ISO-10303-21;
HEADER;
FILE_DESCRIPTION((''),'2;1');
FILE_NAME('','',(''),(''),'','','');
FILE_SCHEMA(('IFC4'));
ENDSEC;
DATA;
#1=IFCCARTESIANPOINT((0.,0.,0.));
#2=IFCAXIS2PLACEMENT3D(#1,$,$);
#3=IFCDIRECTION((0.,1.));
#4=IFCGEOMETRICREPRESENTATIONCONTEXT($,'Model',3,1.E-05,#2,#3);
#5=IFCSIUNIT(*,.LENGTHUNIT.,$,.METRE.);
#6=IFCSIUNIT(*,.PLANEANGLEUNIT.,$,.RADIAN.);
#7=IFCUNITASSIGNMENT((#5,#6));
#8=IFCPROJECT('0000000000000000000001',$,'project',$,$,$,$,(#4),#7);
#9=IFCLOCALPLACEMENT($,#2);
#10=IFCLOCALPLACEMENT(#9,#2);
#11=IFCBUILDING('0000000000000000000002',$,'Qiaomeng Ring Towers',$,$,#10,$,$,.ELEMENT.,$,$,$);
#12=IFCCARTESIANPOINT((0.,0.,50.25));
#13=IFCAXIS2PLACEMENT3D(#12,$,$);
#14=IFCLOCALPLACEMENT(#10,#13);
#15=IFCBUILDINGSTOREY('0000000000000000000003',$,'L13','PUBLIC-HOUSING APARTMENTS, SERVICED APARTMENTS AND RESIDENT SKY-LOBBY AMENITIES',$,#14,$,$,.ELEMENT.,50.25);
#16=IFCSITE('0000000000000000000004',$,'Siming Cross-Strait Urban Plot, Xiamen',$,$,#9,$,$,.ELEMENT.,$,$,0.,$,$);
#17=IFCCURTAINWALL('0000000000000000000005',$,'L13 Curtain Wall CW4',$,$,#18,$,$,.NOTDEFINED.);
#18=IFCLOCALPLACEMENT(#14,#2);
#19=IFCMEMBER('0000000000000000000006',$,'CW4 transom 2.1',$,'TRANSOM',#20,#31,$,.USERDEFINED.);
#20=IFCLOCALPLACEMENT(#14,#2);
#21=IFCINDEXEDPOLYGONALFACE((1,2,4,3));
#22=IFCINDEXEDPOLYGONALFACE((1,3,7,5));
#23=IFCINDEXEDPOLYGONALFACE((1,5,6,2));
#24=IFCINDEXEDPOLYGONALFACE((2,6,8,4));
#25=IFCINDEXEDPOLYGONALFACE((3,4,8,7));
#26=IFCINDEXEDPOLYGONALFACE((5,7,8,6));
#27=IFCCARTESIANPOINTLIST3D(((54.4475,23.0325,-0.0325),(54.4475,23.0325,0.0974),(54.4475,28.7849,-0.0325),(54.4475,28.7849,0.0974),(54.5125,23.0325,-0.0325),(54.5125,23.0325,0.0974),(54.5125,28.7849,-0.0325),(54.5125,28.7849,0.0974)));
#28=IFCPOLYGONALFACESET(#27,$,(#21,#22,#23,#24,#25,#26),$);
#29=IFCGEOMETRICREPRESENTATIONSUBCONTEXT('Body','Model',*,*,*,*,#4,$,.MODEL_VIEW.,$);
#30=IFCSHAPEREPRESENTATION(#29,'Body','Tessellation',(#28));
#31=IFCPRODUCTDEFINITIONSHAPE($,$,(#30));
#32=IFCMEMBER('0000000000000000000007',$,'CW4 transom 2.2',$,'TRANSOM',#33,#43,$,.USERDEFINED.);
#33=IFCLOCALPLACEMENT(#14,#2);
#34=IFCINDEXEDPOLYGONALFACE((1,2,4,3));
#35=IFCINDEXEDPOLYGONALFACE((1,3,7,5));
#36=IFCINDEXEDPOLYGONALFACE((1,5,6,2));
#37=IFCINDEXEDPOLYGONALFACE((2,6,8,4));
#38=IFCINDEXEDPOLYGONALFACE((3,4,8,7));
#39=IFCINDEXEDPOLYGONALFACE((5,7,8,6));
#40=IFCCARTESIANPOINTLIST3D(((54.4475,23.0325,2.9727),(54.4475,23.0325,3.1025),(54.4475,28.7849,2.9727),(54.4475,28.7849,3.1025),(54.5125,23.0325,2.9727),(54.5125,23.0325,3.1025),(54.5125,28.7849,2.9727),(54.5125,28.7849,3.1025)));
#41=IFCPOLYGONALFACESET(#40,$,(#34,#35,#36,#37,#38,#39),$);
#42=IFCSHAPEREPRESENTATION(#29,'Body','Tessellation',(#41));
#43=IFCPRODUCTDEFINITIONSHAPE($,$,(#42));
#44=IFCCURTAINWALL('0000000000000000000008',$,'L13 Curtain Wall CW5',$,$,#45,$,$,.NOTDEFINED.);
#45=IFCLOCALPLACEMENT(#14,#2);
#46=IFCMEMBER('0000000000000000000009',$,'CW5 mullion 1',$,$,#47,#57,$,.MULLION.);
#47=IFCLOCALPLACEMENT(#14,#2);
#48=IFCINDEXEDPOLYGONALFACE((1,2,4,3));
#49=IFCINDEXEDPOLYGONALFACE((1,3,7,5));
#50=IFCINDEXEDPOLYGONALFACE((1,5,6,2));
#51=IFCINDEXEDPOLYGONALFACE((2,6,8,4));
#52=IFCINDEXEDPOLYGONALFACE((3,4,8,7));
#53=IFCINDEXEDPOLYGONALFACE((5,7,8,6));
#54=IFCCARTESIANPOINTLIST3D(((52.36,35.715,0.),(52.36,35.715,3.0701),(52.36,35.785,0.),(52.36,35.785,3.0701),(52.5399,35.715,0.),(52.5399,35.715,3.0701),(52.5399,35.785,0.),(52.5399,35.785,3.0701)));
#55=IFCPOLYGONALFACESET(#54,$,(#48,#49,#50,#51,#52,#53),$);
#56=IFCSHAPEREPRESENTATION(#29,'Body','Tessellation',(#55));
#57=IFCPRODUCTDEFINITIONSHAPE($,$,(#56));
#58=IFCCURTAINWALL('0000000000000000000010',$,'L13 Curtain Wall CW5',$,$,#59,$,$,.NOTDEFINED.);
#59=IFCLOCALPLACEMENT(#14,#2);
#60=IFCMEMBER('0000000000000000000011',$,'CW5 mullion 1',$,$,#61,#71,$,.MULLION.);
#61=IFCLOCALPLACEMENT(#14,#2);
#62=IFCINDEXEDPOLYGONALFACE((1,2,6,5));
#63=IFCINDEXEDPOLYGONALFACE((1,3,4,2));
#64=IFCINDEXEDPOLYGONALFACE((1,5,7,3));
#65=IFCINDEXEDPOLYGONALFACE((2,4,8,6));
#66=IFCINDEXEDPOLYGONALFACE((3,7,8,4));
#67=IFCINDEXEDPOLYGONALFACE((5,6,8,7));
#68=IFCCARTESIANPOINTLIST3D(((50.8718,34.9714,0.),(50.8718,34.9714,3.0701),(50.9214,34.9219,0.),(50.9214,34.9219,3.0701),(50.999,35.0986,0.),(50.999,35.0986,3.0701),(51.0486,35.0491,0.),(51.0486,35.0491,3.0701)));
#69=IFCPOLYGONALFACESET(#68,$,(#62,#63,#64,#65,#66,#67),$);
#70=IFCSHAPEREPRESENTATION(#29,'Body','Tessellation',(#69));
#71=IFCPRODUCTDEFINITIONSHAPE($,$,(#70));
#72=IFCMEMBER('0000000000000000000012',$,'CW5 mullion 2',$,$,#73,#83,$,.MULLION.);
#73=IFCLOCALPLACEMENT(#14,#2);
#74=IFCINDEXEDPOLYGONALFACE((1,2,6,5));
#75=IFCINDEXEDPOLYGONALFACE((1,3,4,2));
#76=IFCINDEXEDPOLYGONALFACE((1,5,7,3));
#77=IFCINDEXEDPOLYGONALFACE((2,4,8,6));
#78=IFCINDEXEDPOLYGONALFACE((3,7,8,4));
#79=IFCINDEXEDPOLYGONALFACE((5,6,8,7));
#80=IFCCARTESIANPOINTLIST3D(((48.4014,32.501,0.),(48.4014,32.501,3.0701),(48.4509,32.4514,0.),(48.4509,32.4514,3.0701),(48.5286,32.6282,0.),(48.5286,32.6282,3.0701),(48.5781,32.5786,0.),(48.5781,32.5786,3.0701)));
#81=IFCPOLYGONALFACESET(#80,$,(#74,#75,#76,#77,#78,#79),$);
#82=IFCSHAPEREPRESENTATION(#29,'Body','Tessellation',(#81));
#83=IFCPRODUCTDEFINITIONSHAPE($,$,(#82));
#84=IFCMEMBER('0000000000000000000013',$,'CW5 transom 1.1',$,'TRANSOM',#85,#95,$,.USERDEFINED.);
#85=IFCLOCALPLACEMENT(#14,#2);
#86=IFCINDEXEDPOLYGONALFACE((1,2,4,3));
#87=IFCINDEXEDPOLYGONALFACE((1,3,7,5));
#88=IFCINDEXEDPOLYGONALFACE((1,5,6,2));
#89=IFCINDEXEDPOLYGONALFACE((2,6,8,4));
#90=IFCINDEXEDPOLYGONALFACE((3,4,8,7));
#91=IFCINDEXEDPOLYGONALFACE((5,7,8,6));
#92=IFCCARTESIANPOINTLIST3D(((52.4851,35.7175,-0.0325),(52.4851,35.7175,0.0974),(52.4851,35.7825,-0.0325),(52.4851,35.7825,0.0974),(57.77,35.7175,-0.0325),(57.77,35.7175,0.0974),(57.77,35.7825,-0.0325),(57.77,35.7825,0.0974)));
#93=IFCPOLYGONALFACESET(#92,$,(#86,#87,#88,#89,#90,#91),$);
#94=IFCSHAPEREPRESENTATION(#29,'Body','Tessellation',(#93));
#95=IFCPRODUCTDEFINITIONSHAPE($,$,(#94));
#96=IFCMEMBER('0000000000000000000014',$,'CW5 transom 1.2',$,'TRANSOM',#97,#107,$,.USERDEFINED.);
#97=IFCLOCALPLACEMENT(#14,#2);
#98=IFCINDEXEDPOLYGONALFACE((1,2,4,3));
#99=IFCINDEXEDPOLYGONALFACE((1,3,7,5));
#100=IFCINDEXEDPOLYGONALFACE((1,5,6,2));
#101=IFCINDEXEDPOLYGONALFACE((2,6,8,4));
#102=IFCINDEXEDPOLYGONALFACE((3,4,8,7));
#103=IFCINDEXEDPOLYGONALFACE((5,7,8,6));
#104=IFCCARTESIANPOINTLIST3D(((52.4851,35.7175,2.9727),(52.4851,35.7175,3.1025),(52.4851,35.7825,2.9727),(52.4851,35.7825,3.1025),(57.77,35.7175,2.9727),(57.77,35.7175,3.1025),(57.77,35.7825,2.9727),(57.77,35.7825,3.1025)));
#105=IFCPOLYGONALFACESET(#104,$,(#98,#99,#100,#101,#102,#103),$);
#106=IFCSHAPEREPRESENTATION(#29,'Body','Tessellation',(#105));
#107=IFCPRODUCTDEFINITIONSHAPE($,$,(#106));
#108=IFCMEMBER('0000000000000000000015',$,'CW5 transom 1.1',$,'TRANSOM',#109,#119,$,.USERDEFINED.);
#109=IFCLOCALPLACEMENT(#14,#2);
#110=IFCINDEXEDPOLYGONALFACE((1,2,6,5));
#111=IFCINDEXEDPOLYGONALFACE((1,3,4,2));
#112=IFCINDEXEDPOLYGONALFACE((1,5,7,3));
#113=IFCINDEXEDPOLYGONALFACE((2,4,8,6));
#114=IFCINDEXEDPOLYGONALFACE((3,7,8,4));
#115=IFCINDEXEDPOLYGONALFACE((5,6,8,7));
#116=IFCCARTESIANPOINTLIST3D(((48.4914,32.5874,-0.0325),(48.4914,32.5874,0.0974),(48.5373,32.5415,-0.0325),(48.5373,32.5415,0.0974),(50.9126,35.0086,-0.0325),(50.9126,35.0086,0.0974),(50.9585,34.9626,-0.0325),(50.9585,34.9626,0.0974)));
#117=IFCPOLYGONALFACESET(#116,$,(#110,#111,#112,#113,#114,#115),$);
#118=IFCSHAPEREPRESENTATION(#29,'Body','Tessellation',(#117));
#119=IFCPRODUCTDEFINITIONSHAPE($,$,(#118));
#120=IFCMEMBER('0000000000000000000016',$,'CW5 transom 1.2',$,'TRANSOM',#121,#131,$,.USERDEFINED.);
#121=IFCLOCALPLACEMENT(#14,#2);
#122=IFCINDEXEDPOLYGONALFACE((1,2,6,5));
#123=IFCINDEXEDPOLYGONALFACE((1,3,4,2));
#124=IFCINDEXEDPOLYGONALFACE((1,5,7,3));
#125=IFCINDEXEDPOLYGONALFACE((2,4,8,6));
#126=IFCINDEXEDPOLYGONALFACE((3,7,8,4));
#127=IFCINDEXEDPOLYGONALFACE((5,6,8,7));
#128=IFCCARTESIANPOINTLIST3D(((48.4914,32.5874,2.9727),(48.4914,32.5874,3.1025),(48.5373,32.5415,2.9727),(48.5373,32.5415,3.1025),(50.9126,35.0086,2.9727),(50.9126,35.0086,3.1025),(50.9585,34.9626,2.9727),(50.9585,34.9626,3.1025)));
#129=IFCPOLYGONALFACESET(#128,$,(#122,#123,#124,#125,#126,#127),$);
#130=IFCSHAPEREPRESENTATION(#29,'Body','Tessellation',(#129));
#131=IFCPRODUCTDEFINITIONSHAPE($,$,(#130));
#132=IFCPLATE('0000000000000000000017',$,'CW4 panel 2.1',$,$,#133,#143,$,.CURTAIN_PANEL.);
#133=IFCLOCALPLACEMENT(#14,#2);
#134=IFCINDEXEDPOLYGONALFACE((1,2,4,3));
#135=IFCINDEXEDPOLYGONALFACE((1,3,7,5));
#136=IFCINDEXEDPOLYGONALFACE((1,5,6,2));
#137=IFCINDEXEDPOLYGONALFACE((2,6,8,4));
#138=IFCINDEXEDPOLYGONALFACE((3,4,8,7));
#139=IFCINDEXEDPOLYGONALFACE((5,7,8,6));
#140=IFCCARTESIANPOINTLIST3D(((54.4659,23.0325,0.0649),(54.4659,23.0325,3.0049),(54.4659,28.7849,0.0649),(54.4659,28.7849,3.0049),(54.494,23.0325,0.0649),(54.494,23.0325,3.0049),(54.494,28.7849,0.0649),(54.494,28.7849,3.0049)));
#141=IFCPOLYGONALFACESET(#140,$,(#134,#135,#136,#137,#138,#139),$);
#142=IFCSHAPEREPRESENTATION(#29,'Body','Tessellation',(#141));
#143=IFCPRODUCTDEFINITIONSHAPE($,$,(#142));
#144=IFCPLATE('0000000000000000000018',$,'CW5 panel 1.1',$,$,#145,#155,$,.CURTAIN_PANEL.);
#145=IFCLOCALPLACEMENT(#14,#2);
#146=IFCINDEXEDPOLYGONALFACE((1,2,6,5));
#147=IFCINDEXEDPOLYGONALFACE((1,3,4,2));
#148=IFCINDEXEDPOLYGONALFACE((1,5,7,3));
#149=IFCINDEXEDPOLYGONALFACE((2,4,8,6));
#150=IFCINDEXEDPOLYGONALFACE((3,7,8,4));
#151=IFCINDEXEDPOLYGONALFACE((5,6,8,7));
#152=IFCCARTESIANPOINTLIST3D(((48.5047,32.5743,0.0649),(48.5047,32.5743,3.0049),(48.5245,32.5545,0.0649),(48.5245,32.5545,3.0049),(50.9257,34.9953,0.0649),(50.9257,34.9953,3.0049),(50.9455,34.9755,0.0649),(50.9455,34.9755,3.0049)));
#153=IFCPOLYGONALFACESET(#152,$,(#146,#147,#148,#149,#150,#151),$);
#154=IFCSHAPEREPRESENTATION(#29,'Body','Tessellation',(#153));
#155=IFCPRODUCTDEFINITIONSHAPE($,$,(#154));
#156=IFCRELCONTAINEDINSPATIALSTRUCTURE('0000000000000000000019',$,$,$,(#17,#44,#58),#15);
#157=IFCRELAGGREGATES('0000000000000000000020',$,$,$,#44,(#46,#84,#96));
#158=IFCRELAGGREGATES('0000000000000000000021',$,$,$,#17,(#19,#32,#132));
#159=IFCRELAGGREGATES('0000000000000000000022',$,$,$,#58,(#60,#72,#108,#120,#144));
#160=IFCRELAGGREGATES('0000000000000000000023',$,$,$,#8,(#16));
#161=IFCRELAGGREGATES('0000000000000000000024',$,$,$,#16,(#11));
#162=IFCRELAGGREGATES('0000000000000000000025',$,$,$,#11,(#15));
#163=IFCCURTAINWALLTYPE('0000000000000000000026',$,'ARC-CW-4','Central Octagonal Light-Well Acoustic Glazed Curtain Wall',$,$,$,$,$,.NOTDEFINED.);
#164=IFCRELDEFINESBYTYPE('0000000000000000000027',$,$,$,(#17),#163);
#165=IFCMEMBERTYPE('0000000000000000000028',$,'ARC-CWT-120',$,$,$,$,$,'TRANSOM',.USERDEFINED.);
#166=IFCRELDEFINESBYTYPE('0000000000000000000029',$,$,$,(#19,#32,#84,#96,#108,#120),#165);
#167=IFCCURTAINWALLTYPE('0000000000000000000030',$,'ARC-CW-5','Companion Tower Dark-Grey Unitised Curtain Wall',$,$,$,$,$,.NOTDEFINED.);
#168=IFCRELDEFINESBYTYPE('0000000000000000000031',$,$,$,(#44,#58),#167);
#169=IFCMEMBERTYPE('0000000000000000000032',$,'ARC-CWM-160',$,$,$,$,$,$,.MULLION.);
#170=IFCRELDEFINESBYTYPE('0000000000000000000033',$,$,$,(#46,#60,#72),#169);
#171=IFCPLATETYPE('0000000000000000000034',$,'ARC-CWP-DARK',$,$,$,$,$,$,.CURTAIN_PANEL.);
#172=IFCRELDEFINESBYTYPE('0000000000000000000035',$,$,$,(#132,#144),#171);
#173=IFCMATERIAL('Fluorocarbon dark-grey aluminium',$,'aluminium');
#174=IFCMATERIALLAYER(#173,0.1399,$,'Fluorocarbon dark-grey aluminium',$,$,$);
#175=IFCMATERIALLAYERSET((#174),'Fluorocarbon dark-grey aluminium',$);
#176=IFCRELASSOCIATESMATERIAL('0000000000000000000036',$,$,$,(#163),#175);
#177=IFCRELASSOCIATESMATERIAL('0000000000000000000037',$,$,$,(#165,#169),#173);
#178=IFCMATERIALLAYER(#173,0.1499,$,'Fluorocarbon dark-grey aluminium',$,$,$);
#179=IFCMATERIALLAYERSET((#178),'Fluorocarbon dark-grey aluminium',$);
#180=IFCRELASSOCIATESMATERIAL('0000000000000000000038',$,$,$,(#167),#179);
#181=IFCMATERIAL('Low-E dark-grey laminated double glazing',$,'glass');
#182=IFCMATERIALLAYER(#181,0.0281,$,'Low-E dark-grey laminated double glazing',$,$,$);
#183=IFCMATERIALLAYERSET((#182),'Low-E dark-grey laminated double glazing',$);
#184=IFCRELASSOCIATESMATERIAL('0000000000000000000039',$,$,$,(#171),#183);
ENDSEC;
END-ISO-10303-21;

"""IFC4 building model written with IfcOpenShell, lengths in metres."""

from ifc_helpers import new_model, si_unit, direction, frame, origin, origin_2d, place, context, subcontext, project, spatial, rectangle, extrude, source, transform, mapped, material, layer, layer_set, material_profile, profile_set, type_object, element, aggregate, save


model = new_model("IFC4")

# Units and contexts
model_context = context("Model", 3, precision=1e-05, world=origin(), true_north=direction((0.0, 1.0)))
body_context = subcontext(model_context, "Body", "Model", "MODEL_VIEW")
ifc_project = project(units=[si_unit("LENGTHUNIT", "METRE"), si_unit("PLANEANGLEUNIT", "RADIAN")], contexts=[model_context])

# Site, building, storey
site_placement = place(None, origin())
site = spatial("IfcSite", under=ifc_project, at=site_placement, Name="Siming Cross-Strait Urban Plot, Xiamen", CompositionType="ELEMENT", RefElevation=0.0)
building_placement = place(site_placement, origin())
building = spatial("IfcBuilding", under=site, at=building_placement, Name="Qiaomeng Ring Towers", CompositionType="ELEMENT")
storey_placement = place(building_placement, frame((0.0, 0.0, 50.25)))
storey = spatial("IfcBuildingStorey", under=building, at=storey_placement, Name="L13", Description="PUBLIC-HOUSING APARTMENTS, SERVICED APARTMENTS AND RESIDENT SKY-LOBBY AMENITIES", CompositionType="ELEMENT", Elevation=50.25)

# Curtain wall, members
ifc_material_1 = material(Name="Fluorocarbon dark-grey aluminium", Category="aluminium")
ifc_layer_1 = layer(ifc_material_1, 0.1399, Name="Fluorocarbon dark-grey aluminium")
ifc_layer_set_1 = layer_set([ifc_layer_1], Name="Fluorocarbon dark-grey aluminium")
curtain_wall_type_1 = type_object("IfcCurtainWallType", Name="ARC-CW-4", Description="Central Octagonal Light-Well Acoustic Glazed Curtain Wall", PredefinedType="NOTDEFINED", material=ifc_layer_set_1)
curtain_wall_1_placement = place(storey_placement, origin())
curtain_wall_1 = element("IfcCurtainWall", 1, at=curtain_wall_1_placement, inside=storey, type_object=curtain_wall_type_1, Name="L13 Curtain Wall CW4", PredefinedType="NOTDEFINED")
ifc_material_profile_1 = material_profile(ifc_material_1, rectangle(XDim=0.0649, YDim=0.1299, at=origin_2d()), Name="ALU TRAN 65x130")
ifc_profile_set_1 = profile_set([ifc_material_profile_1], Name="Fluorocarbon dark-grey aluminium")
member_type_1 = type_object("IfcMemberType", Name="ARC-CWT-120", ElementType="TRANSOM", PredefinedType="USERDEFINED", material=ifc_profile_set_1)
shared_shape_1 = source(origin(), body_context, "Body", "SweptSolid", [
    extrude(rectangle(XDim=0.0649, YDim=0.1299, at=origin_2d()), origin(), (0.0, 0.0, 1.0), 5.7524),
])
member_1_placement = place(storey_placement, frame((54.48, 23.0325, 0.0325), z_axis=(0.0, 1.0, 0.0), x_axis=(-1.0, 0.0, 0.0)))
member_1 = element("IfcMember", 2, at=member_1_placement, type_object=member_type_1, Name="CW4 transom 2.1", ObjectType="TRANSOM", PredefinedType="USERDEFINED", context=body_context, shape_type="MappedRepresentation", body=[
    mapped(shared_shape_1, transform((0.0, 0.0, 0.0), x_axis=(1.0, 0.0, 0.0), y_axis=(0.0, 1.0, 0.0), z_axis=(0.0, 0.0, 1.0), scale=1.0)),
])
member_2_placement = place(storey_placement, frame((54.48, 23.0325, 3.0376), z_axis=(0.0, 1.0, 0.0), x_axis=(-1.0, 0.0, 0.0)))
member_2 = element("IfcMember", 3, at=member_2_placement, type_object=member_type_1, Name="CW4 transom 2.2", ObjectType="TRANSOM", PredefinedType="USERDEFINED", context=body_context, shape_type="MappedRepresentation", body=[
    mapped(shared_shape_1, transform((0.0, 0.0, 0.0), x_axis=(1.0, 0.0, 0.0), y_axis=(0.0, 1.0, 0.0), z_axis=(0.0, 0.0, 1.0), scale=1.0)),
])

# Curtain wall, member
ifc_layer_2 = layer(ifc_material_1, 0.1499, Name="Fluorocarbon dark-grey aluminium")
ifc_layer_set_2 = layer_set([ifc_layer_2], Name="Fluorocarbon dark-grey aluminium")
curtain_wall_type_2 = type_object("IfcCurtainWallType", Name="ARC-CW-5", Description="Companion Tower Dark-Grey Unitised Curtain Wall", PredefinedType="NOTDEFINED", material=ifc_layer_set_2)
curtain_wall_2_placement = place(storey_placement, origin())
curtain_wall_2 = element("IfcCurtainWall", 4, at=curtain_wall_2_placement, inside=storey, type_object=curtain_wall_type_2, Name="L13 Curtain Wall CW5", PredefinedType="NOTDEFINED")
ifc_material_profile_2 = material_profile(ifc_material_1, rectangle(XDim=0.0701, YDim=0.1799, at=origin_2d()), Name="ALU MULL 70x180")
ifc_profile_set_2 = profile_set([ifc_material_profile_2], Name="Fluorocarbon dark-grey aluminium")
member_type_2 = type_object("IfcMemberType", Name="ARC-CWM-160", PredefinedType="MULLION", material=ifc_profile_set_2)
shared_shape_2 = source(origin(), body_context, "Body", "SweptSolid", [
    extrude(rectangle(XDim=0.0701, YDim=0.1799, at=origin_2d()), origin(), (0.0, 0.0, 1.0), 3.0701),
])
member_3_placement = place(storey_placement, frame((52.45, 35.75, 0.0), z_axis=(0.0, 0.0, 1.0), x_axis=(0.0, 1.0, 0.0)))
member_3 = element("IfcMember", 5, at=member_3_placement, type_object=member_type_2, Name="CW5 mullion 1", PredefinedType="MULLION", context=body_context, shape_type="MappedRepresentation", body=[
    mapped(shared_shape_2, transform((0.0, 0.0, 0.0), x_axis=(1.0, 0.0, 0.0), y_axis=(0.0, 1.0, 0.0), z_axis=(0.0, 0.0, 1.0), scale=1.0)),
])

# Curtain wall, members
curtain_wall_3_placement = place(storey_placement, origin())
curtain_wall_3 = element("IfcCurtainWall", 6, at=curtain_wall_3_placement, inside=storey, type_object=curtain_wall_type_2, Name="L13 Curtain Wall CW5", PredefinedType="NOTDEFINED")
member_4_placement = place(storey_placement, frame((50.9602, 35.0103, 0.0), z_axis=(0.0, 0.0, 1.0), x_axis=(0.707107, -0.707107, 0.0)))
member_4 = element("IfcMember", 7, at=member_4_placement, type_object=member_type_2, Name="CW5 mullion 1", PredefinedType="MULLION", context=body_context, shape_type="MappedRepresentation", body=[
    mapped(shared_shape_2, transform((0.0, 0.0, 0.0), x_axis=(1.0, 0.0, 0.0), y_axis=(0.0, 1.0, 0.0), z_axis=(0.0, 0.0, 1.0), scale=1.0)),
])
member_5_placement = place(storey_placement, frame((48.4897, 32.5398, 0.0), z_axis=(0.0, 0.0, 1.0), x_axis=(0.707107, -0.707107, 0.0)))
member_5 = element("IfcMember", 8, at=member_5_placement, type_object=member_type_2, Name="CW5 mullion 2", PredefinedType="MULLION", context=body_context, shape_type="MappedRepresentation", body=[
    mapped(shared_shape_2, transform((0.0, 0.0, 0.0), x_axis=(1.0, 0.0, 0.0), y_axis=(0.0, 1.0, 0.0), z_axis=(0.0, 0.0, 1.0), scale=1.0)),
])

# Members
shared_shape_3 = source(origin(), body_context, "Body", "SweptSolid", [
    extrude(rectangle(XDim=0.0649, YDim=0.1299, at=origin_2d()), origin(), (0.0, 0.0, 1.0), 5.2849),
])
member_6_placement = place(storey_placement, frame((52.4851, 35.75, 0.0325), z_axis=(1.0, 0.0, 0.0), x_axis=(0.0, 1.0, 0.0)))
member_6 = element("IfcMember", 9, at=member_6_placement, type_object=member_type_1, Name="CW5 transom 1.1", ObjectType="TRANSOM", PredefinedType="USERDEFINED", context=body_context, shape_type="MappedRepresentation", body=[
    mapped(shared_shape_3, transform((0.0, 0.0, 0.0), x_axis=(1.0, 0.0, 0.0), y_axis=(0.0, 1.0, 0.0), z_axis=(0.0, 0.0, 1.0), scale=1.0)),
])
member_7_placement = place(storey_placement, frame((52.4851, 35.75, 3.0376), z_axis=(1.0, 0.0, 0.0), x_axis=(0.0, 1.0, 0.0)))
member_7 = element("IfcMember", 10, at=member_7_placement, type_object=member_type_1, Name="CW5 transom 1.2", ObjectType="TRANSOM", PredefinedType="USERDEFINED", context=body_context, shape_type="MappedRepresentation", body=[
    mapped(shared_shape_3, transform((0.0, 0.0, 0.0), x_axis=(1.0, 0.0, 0.0), y_axis=(0.0, 1.0, 0.0), z_axis=(0.0, 0.0, 1.0), scale=1.0)),
])
aggregate(curtain_wall_2, [member_3, member_6, member_7])
shared_shape_4 = source(origin(), body_context, "Body", "SweptSolid", [
    extrude(rectangle(XDim=0.0649, YDim=0.1299, at=origin_2d()), origin(), (0.0, 0.0, 1.0), 3.4241),
])
member_8_placement = place(storey_placement, frame((50.9355, 34.9856, 0.0325), z_axis=(-0.707107, -0.707107, 0.0), x_axis=(0.707107, -0.707107, 0.0)))
member_8 = element("IfcMember", 11, at=member_8_placement, type_object=member_type_1, Name="CW5 transom 1.1", ObjectType="TRANSOM", PredefinedType="USERDEFINED", context=body_context, shape_type="MappedRepresentation", body=[
    mapped(shared_shape_4, transform((0.0, 0.0, 0.0), x_axis=(1.0, 0.0, 0.0), y_axis=(0.0, 1.0, 0.0), z_axis=(0.0, 0.0, 1.0), scale=1.0)),
])
member_9_placement = place(storey_placement, frame((50.9355, 34.9856, 3.0376), z_axis=(-0.707107, -0.707107, 0.0), x_axis=(0.707107, -0.707107, 0.0)))
member_9 = element("IfcMember", 12, at=member_9_placement, type_object=member_type_1, Name="CW5 transom 1.2", ObjectType="TRANSOM", PredefinedType="USERDEFINED", context=body_context, shape_type="MappedRepresentation", body=[
    mapped(shared_shape_4, transform((0.0, 0.0, 0.0), x_axis=(1.0, 0.0, 0.0), y_axis=(0.0, 1.0, 0.0), z_axis=(0.0, 0.0, 1.0), scale=1.0)),
])

# Plates
ifc_material_2 = material(Name="Low-E dark-grey laminated double glazing", Category="glass")
ifc_layer_3 = layer(ifc_material_2, 0.0281, Name="Low-E dark-grey laminated double glazing")
ifc_layer_set_3 = layer_set([ifc_layer_3], Name="Low-E dark-grey laminated double glazing")
plate_type = type_object("IfcPlateType", Name="ARC-CWP-DARK", PredefinedType="CURTAIN_PANEL", material=ifc_layer_set_3)
shared_shape_5 = source(origin(), body_context, "Body", "SweptSolid", [
    extrude(rectangle(XDim=5.7524, YDim=0.0281, at=origin_2d()), origin(), (0.0, 0.0, 1.0), 2.9399),
])
plate_1_placement = place(storey_placement, frame((54.48, 25.9087, 0.0649), z_axis=(0.0, 0.0, 1.0), x_axis=(0.0, 1.0, 0.0)))
plate_1 = element("IfcPlate", 13, at=plate_1_placement, type_object=plate_type, Name="CW4 panel 2.1", PredefinedType="CURTAIN_PANEL", context=body_context, shape_type="MappedRepresentation", body=[
    mapped(shared_shape_5, transform((0.0, 0.0, 0.0), x_axis=(1.0, 0.0, 0.0), y_axis=(0.0, 1.0, 0.0), z_axis=(0.0, 0.0, 1.0), scale=1.0)),
])
aggregate(curtain_wall_1, [member_1, member_2, plate_1])
shared_shape_6 = source(origin(), body_context, "Body", "SweptSolid", [
    extrude(rectangle(XDim=3.4238, YDim=0.0281, at=origin_2d()), origin(), (0.0, 0.0, 1.0), 2.9399),
])
plate_2_placement = place(storey_placement, frame((49.7251, 33.7749, 0.0649), z_axis=(0.0, 0.0, 1.0), x_axis=(-0.707107, -0.707107, 0.0)))
plate_2 = element("IfcPlate", 14, at=plate_2_placement, type_object=plate_type, Name="CW5 panel 1.1", PredefinedType="CURTAIN_PANEL", context=body_context, shape_type="MappedRepresentation", body=[
    mapped(shared_shape_6, transform((0.0, 0.0, 0.0), x_axis=(1.0, 0.0, 0.0), y_axis=(0.0, 1.0, 0.0), z_axis=(0.0, 0.0, 1.0), scale=1.0)),
])
aggregate(curtain_wall_3, [member_4, member_5, member_8, member_9, plate_2])

save(model, "model.ifc")
